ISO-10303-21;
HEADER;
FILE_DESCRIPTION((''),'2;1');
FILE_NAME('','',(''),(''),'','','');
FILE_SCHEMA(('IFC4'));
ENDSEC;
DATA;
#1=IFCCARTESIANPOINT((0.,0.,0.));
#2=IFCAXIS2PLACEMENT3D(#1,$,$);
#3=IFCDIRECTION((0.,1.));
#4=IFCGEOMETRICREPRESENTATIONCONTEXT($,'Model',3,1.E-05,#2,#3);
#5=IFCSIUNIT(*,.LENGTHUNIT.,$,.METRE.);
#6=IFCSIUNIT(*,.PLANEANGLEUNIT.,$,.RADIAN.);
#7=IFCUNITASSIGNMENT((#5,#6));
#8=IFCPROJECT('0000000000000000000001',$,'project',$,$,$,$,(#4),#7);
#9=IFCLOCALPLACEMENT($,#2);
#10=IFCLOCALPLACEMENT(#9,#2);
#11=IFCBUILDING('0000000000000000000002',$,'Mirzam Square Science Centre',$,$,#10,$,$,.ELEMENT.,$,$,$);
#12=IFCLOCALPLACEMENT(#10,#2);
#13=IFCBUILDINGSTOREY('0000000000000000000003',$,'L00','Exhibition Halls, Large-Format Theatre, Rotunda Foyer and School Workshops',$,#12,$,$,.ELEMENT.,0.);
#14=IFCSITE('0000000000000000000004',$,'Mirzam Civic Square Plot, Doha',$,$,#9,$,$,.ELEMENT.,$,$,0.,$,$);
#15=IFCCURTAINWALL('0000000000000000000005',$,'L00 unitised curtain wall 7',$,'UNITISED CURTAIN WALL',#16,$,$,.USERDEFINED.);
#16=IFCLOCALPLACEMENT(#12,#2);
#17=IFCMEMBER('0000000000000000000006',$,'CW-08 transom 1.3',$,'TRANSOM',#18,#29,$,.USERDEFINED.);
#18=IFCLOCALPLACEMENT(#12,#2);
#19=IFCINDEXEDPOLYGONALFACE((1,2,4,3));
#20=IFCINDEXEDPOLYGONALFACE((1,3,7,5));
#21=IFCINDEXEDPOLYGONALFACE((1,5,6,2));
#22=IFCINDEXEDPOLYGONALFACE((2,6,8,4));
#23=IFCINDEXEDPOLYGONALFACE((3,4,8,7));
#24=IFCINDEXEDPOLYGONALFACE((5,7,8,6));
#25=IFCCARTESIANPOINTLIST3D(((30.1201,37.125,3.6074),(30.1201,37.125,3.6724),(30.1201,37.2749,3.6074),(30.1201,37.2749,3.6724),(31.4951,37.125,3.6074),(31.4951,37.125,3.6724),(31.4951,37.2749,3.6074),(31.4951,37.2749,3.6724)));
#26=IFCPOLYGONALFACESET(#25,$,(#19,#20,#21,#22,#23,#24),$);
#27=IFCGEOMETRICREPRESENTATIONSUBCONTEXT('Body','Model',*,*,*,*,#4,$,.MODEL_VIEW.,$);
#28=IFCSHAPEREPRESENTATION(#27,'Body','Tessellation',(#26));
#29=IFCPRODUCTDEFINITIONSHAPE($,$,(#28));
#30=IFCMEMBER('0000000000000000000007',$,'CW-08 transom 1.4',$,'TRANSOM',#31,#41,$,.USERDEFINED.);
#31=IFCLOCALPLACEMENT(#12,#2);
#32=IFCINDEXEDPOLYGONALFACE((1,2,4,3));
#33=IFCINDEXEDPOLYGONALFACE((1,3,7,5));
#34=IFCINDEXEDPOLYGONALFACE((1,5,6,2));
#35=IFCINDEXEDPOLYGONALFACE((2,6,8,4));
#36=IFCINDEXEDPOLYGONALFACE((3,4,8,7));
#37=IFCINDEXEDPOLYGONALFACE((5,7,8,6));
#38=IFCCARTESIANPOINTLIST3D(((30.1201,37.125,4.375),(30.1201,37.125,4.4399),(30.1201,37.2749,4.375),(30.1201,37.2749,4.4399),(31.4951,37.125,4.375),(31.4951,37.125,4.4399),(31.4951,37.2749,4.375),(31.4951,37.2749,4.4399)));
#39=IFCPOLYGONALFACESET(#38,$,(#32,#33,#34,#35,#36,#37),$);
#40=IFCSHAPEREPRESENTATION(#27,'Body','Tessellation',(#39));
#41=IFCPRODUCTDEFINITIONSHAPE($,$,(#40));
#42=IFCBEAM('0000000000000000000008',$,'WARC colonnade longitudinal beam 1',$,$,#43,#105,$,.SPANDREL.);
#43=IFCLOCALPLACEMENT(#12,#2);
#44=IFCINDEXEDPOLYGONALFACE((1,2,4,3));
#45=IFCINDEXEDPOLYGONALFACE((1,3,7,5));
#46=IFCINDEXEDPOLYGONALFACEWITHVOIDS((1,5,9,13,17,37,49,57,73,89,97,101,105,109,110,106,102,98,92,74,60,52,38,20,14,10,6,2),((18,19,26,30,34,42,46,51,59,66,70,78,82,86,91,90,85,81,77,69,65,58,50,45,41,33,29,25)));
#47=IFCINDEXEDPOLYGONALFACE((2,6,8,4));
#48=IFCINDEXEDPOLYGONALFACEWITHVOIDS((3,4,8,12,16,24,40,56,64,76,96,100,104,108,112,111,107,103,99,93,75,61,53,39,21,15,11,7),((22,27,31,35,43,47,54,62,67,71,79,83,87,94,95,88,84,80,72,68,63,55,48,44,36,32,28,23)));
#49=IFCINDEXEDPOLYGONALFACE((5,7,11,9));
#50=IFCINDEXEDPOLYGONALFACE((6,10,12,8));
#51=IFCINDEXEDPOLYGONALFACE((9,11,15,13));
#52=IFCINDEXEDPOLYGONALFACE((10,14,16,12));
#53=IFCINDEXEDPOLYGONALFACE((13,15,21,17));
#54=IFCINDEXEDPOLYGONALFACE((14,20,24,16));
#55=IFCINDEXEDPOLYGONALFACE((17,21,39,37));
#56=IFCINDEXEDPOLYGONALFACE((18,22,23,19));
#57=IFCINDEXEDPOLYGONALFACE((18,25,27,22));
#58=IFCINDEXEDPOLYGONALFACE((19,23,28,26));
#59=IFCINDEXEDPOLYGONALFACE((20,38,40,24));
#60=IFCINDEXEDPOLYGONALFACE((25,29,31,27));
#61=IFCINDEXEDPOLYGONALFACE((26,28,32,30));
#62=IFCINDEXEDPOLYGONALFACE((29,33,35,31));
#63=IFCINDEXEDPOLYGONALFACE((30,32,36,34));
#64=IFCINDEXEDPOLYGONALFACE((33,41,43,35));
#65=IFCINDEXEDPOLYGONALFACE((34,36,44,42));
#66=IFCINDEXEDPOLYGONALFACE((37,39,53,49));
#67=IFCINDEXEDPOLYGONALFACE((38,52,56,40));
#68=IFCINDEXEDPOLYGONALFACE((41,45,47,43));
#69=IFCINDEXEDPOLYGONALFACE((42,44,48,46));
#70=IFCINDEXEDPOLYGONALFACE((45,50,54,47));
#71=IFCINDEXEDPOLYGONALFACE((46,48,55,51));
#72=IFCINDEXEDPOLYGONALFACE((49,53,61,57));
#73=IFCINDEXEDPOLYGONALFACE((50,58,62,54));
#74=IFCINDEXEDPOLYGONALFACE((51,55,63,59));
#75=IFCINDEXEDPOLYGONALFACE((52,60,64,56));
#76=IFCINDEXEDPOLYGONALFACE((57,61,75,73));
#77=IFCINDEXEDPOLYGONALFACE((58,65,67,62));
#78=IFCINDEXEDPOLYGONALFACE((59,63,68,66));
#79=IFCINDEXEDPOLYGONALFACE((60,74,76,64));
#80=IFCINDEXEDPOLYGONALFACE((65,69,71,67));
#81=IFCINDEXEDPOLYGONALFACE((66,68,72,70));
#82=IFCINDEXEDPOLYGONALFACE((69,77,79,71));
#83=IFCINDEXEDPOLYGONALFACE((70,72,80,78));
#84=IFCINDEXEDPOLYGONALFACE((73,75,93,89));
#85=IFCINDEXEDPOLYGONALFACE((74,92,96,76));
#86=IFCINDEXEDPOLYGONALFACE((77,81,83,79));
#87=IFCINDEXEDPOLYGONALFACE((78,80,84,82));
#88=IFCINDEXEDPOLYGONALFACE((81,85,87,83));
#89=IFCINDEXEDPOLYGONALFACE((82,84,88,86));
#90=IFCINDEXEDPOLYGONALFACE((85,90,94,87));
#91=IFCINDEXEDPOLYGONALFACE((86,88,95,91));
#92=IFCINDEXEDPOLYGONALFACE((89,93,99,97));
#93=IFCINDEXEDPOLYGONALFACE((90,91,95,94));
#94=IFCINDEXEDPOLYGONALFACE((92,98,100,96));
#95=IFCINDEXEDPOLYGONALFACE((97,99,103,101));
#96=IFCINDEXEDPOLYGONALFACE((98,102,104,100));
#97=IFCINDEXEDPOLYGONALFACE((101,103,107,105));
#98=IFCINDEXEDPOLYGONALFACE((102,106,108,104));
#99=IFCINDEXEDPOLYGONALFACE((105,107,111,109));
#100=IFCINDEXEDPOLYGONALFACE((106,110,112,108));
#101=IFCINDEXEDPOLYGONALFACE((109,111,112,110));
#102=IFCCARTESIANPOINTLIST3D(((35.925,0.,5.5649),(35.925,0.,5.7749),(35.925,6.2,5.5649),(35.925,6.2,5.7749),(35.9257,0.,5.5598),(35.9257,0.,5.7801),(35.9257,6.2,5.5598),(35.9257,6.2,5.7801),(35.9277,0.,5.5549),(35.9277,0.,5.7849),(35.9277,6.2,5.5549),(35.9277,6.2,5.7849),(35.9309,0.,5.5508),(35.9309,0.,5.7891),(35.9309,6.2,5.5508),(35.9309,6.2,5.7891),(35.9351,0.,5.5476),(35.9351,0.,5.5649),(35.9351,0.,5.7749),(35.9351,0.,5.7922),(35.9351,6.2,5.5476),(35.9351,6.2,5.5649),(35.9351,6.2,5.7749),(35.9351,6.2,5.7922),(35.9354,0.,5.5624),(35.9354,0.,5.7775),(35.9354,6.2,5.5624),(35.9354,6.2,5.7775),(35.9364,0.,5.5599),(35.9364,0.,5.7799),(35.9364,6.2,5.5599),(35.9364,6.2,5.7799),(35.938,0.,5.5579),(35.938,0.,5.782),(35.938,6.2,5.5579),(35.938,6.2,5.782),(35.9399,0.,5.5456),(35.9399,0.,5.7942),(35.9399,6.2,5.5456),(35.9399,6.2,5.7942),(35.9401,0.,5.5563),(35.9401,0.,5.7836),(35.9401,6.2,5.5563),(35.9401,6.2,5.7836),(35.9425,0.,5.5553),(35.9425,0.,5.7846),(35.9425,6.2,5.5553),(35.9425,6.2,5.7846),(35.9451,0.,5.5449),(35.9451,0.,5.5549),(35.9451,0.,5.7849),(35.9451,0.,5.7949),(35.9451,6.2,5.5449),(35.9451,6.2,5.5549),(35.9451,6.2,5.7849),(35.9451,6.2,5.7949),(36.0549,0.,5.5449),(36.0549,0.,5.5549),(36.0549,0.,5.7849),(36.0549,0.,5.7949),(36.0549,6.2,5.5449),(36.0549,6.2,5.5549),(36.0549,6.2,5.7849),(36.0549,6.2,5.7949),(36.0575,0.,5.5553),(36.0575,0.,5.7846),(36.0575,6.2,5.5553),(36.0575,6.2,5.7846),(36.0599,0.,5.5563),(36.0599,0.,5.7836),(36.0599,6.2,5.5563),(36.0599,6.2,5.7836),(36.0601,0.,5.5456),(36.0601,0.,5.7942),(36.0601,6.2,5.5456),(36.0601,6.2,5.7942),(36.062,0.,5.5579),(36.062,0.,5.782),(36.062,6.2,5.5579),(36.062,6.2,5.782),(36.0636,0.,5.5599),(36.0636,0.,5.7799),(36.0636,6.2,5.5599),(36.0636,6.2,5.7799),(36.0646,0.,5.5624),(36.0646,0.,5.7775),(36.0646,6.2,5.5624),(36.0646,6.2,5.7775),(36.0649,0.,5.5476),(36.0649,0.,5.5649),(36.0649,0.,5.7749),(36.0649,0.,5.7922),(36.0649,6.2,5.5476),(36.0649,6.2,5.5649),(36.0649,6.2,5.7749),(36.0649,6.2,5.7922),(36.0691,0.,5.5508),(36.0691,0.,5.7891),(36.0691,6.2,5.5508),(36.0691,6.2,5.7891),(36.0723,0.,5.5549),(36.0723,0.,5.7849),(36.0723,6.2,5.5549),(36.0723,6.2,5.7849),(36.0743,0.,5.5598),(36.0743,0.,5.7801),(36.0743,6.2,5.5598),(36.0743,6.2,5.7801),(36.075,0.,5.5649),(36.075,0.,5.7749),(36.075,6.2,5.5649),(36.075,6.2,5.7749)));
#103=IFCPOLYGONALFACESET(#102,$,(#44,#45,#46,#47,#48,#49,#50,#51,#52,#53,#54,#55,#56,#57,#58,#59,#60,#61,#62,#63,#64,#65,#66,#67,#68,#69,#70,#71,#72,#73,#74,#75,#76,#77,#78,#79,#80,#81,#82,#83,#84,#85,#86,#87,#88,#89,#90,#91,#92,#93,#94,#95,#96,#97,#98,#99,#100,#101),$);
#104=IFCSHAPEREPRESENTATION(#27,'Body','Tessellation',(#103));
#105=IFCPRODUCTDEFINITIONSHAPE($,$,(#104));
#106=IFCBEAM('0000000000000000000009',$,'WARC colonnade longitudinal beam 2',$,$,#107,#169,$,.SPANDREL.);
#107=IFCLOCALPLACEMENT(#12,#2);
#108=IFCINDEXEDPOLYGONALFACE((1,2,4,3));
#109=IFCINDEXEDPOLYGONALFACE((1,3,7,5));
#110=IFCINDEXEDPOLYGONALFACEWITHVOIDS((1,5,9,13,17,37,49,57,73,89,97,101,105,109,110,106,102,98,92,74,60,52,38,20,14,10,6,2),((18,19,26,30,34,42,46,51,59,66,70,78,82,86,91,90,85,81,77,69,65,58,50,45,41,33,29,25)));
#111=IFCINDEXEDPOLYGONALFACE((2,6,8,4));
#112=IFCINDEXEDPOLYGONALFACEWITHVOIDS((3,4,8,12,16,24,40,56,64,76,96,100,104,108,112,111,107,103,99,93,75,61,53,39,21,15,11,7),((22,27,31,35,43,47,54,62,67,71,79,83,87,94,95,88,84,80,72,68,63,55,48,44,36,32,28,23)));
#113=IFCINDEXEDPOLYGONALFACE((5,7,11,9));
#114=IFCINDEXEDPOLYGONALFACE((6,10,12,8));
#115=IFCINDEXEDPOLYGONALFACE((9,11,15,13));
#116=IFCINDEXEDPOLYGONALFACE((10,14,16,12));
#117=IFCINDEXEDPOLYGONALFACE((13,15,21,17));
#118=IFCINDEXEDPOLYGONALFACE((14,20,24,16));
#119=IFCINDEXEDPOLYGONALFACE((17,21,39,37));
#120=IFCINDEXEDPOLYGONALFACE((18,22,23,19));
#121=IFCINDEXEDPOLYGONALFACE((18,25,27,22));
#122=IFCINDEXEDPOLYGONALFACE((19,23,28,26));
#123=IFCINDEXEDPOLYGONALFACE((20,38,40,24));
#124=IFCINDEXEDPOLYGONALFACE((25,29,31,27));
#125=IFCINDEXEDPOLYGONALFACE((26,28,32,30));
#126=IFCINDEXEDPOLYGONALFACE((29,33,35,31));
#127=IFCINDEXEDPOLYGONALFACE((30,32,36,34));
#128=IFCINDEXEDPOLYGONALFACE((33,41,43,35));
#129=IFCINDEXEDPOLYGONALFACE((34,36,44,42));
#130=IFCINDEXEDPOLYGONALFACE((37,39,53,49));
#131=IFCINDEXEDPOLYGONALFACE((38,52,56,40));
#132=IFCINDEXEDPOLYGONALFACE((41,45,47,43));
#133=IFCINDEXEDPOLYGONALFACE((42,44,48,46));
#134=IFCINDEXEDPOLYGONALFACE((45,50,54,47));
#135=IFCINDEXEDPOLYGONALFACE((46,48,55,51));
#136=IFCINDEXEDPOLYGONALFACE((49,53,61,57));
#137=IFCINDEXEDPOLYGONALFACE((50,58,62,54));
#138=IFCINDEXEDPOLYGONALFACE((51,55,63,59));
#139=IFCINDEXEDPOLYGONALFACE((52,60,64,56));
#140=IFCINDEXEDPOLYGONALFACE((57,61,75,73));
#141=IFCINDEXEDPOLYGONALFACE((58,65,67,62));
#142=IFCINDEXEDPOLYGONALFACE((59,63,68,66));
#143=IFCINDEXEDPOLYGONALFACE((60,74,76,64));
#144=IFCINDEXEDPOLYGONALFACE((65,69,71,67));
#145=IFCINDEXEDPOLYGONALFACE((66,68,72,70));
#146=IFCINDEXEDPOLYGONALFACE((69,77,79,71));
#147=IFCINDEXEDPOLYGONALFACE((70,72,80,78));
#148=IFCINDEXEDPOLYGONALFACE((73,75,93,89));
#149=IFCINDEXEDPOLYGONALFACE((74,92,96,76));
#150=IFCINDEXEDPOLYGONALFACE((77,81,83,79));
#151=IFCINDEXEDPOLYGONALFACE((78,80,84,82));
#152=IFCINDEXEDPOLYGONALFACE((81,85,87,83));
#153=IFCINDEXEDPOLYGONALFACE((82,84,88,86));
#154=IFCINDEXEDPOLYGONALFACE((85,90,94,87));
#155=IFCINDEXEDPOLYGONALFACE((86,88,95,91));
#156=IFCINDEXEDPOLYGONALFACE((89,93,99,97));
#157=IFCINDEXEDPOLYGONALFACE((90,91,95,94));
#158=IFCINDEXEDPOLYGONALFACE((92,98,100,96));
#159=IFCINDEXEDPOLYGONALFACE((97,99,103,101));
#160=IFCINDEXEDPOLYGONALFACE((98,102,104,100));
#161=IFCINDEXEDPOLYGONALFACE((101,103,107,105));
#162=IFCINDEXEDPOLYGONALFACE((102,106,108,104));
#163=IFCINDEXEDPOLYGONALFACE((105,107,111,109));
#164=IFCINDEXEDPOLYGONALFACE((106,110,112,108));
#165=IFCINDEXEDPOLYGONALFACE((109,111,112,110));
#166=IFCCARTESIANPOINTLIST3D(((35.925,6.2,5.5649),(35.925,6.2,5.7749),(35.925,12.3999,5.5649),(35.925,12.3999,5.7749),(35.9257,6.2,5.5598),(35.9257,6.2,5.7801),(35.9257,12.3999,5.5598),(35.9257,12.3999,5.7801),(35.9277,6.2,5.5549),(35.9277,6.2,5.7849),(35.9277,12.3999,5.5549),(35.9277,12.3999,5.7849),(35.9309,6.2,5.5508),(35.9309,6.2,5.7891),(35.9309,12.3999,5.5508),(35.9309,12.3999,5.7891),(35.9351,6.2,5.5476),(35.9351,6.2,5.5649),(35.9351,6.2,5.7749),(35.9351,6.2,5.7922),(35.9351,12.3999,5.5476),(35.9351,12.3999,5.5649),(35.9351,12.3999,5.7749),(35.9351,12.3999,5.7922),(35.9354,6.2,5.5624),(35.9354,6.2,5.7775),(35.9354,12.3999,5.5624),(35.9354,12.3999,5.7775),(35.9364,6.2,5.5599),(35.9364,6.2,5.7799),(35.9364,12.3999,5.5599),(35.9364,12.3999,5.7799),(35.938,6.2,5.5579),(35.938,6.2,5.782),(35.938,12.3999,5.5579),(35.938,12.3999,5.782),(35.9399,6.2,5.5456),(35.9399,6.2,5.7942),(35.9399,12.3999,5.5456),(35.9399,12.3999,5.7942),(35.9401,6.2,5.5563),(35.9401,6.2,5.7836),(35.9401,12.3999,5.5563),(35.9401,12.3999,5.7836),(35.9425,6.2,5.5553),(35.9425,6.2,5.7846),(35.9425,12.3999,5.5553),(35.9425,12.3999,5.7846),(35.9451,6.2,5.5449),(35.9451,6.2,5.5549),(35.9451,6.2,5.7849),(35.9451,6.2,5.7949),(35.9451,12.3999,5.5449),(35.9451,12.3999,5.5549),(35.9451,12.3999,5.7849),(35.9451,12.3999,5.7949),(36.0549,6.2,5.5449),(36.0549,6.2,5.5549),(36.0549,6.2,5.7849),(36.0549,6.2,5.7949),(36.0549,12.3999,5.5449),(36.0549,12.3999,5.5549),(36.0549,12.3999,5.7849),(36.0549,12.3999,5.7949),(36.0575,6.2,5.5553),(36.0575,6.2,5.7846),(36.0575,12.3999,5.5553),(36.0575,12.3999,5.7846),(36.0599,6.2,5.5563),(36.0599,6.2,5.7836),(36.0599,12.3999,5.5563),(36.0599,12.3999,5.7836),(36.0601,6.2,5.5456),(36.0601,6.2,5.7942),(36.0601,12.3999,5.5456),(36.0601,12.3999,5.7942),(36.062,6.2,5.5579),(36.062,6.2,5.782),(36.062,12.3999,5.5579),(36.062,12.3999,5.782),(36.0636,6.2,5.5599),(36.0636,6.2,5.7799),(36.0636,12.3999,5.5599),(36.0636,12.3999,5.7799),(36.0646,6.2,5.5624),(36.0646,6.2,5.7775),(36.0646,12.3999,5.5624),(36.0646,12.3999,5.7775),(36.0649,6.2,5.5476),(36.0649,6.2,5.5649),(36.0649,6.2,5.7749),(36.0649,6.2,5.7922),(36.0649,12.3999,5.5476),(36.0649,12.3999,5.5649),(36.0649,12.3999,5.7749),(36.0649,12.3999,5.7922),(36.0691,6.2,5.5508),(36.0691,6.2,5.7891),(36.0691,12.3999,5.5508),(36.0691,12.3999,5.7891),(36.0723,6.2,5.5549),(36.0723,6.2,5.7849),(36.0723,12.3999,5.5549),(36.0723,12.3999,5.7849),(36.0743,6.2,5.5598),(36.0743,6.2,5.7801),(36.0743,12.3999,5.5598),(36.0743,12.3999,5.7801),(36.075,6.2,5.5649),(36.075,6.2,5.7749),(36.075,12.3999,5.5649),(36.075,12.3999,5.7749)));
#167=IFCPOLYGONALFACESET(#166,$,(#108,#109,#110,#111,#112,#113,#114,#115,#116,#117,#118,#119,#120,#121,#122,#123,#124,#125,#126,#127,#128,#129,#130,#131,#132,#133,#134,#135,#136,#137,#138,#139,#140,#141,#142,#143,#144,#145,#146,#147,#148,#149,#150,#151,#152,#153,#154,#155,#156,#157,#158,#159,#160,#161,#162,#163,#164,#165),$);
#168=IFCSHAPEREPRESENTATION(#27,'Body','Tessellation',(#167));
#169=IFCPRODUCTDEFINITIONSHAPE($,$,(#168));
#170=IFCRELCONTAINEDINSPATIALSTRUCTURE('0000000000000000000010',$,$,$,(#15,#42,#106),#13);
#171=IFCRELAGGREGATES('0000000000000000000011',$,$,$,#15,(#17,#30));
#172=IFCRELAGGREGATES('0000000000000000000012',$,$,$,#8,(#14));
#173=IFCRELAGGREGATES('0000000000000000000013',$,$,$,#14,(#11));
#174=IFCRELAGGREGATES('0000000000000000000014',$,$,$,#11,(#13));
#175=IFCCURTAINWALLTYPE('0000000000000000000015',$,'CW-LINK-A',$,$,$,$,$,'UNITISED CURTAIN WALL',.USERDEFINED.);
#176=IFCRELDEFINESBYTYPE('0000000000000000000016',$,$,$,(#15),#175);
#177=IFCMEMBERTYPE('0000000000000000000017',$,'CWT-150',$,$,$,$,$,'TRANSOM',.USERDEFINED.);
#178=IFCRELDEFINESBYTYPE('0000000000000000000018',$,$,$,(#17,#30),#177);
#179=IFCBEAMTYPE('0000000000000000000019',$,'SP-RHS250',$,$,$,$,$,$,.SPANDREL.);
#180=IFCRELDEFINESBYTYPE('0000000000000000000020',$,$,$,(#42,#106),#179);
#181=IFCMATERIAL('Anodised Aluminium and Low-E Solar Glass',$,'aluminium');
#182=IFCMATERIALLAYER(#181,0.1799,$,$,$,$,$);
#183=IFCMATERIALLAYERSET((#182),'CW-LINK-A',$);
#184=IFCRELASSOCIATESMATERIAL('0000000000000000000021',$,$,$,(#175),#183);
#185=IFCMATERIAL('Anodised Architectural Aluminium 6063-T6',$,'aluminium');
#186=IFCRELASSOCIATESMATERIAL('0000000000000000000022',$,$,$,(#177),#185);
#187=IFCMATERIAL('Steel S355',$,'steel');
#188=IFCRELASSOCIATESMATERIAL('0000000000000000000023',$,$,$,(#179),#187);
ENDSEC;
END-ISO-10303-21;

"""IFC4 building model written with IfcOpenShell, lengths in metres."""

from ifc_helpers import new_model, si_unit, direction, frame, origin, origin_2d, place, context, subcontext, project, spatial, rectangle, hollow_rectangle, extrude, material, layer, layer_set, material_profile, profile_set, type_object, element, aggregate, save


model = new_model("IFC4")

# Units and contexts
model_context = context("Model", 3, precision=1e-05, world=origin(), true_north=direction((0.0, 1.0)))
body_context = subcontext(model_context, "Body", "Model", "MODEL_VIEW")
ifc_project = project(units=[si_unit("LENGTHUNIT", "METRE"), si_unit("PLANEANGLEUNIT", "RADIAN")], contexts=[model_context])

# Site, building, storey
site_placement = place(None, origin())
site = spatial("IfcSite", under=ifc_project, at=site_placement, Name="Mirzam Civic Square Plot, Doha", CompositionType="ELEMENT", RefElevation=0.0)
building_placement = place(site_placement, origin())
building = spatial("IfcBuilding", under=site, at=building_placement, Name="Mirzam Square Science Centre", CompositionType="ELEMENT")
storey_placement = place(building_placement, origin())
storey = spatial("IfcBuildingStorey", under=building, at=storey_placement, Name="L00", Description="Exhibition Halls, Large-Format Theatre, Rotunda Foyer and School Workshops", CompositionType="ELEMENT", Elevation=0.0)

# Shared definitions
ifc_material_1 = material(Name="Steel S355", Category="steel")

# Curtain wall, members
ifc_material_2 = material(Name="Anodised Aluminium and Low-E Solar Glass", Category="aluminium")
ifc_layer_1 = layer(ifc_material_2, 0.1799)
ifc_layer_set_1 = layer_set([ifc_layer_1], Name="CW-LINK-A")
curtain_wall_type = type_object("IfcCurtainWallType", Name="CW-LINK-A", ElementType="UNITISED CURTAIN WALL", PredefinedType="USERDEFINED", material=ifc_layer_set_1)
curtain_wall_placement = place(storey_placement, origin())
curtain_wall = element("IfcCurtainWall", 1, at=curtain_wall_placement, inside=storey, type_object=curtain_wall_type, Name="L00 unitised curtain wall 7", ObjectType="UNITISED CURTAIN WALL", PredefinedType="USERDEFINED")
ifc_material_3 = material(Name="Anodised Architectural Aluminium 6063-T6", Category="aluminium")
ifc_material_profile_1 = material_profile(ifc_material_3, rectangle(XDim=0.1499, YDim=0.0649, at=origin_2d()), Name="ALU-TRAN-150x65x4")
ifc_profile_set_1 = profile_set([ifc_material_profile_1], Name="Anodised Architectural Aluminium 6063-T6")
member_type = type_object("IfcMemberType", Name="CWT-150", ElementType="TRANSOM", PredefinedType="USERDEFINED", material=ifc_profile_set_1)
member_1_placement = place(storey_placement, frame((30.1201, 37.2, 3.6399), z_axis=(1.0, 0.0, 0.0), x_axis=(0.0, 1.0, 0.0)))
member_1 = element("IfcMember", 2, at=member_1_placement, type_object=member_type, Name="CW-08 transom 1.3", ObjectType="TRANSOM", PredefinedType="USERDEFINED", context=body_context, shape_type="SweptSolid", body=[
    extrude(rectangle(XDim=0.1499, YDim=0.0649, at=origin_2d()), origin(), (0.0, 0.0, 1.0), 1.375),
])
member_2_placement = place(storey_placement, frame((30.1201, 37.2, 4.4075), z_axis=(1.0, 0.0, 0.0), x_axis=(0.0, 1.0, 0.0)))
member_2 = element("IfcMember", 3, at=member_2_placement, type_object=member_type, Name="CW-08 transom 1.4", ObjectType="TRANSOM", PredefinedType="USERDEFINED", context=body_context, shape_type="SweptSolid", body=[
    extrude(rectangle(XDim=0.1499, YDim=0.0649, at=origin_2d()), origin(), (0.0, 0.0, 1.0), 1.375),
])

# Beams
ifc_material_profile_2 = material_profile(ifc_material_1, hollow_rectangle(XDim=0.1499, YDim=0.25, WallThickness=0.01, InnerFilletRadius=0.01, OuterFilletRadius=0.02, at=origin_2d()), Name="250x150x10.0RHS")
ifc_profile_set_2 = profile_set([ifc_material_profile_2], Name="Steel S355")
beam_type = type_object("IfcBeamType", Name="SP-RHS250", PredefinedType="SPANDREL", material=ifc_profile_set_2)
for number, where, z_axis, x_axis, name in (
    (4, (36.0, 0.0, 5.6699), (0.0, 1.0, 0.0), (-1.0, 0.0, 0.0), "WARC colonnade longitudinal beam 1"),
    (5, (36.0, 6.2, 5.6699), (0.0, 1.0, 0.0), (-1.0, 0.0, 0.0), "WARC colonnade longitudinal beam 2"),
):
    element("IfcBeam", number, at=place(storey_placement, frame(where, z_axis=z_axis, x_axis=x_axis)), inside=storey, type_object=beam_type, Name=name, PredefinedType="SPANDREL", context=body_context, shape_type="SweptSolid", body=[
        extrude(hollow_rectangle(XDim=0.1499, YDim=0.25, WallThickness=0.01, InnerFilletRadius=0.01, OuterFilletRadius=0.02, at=origin_2d()), origin(), (0.0, 0.0, 1.0), 6.2),
    ])

aggregate(curtain_wall, [member_1, member_2])

save(model, "model.ifc")
